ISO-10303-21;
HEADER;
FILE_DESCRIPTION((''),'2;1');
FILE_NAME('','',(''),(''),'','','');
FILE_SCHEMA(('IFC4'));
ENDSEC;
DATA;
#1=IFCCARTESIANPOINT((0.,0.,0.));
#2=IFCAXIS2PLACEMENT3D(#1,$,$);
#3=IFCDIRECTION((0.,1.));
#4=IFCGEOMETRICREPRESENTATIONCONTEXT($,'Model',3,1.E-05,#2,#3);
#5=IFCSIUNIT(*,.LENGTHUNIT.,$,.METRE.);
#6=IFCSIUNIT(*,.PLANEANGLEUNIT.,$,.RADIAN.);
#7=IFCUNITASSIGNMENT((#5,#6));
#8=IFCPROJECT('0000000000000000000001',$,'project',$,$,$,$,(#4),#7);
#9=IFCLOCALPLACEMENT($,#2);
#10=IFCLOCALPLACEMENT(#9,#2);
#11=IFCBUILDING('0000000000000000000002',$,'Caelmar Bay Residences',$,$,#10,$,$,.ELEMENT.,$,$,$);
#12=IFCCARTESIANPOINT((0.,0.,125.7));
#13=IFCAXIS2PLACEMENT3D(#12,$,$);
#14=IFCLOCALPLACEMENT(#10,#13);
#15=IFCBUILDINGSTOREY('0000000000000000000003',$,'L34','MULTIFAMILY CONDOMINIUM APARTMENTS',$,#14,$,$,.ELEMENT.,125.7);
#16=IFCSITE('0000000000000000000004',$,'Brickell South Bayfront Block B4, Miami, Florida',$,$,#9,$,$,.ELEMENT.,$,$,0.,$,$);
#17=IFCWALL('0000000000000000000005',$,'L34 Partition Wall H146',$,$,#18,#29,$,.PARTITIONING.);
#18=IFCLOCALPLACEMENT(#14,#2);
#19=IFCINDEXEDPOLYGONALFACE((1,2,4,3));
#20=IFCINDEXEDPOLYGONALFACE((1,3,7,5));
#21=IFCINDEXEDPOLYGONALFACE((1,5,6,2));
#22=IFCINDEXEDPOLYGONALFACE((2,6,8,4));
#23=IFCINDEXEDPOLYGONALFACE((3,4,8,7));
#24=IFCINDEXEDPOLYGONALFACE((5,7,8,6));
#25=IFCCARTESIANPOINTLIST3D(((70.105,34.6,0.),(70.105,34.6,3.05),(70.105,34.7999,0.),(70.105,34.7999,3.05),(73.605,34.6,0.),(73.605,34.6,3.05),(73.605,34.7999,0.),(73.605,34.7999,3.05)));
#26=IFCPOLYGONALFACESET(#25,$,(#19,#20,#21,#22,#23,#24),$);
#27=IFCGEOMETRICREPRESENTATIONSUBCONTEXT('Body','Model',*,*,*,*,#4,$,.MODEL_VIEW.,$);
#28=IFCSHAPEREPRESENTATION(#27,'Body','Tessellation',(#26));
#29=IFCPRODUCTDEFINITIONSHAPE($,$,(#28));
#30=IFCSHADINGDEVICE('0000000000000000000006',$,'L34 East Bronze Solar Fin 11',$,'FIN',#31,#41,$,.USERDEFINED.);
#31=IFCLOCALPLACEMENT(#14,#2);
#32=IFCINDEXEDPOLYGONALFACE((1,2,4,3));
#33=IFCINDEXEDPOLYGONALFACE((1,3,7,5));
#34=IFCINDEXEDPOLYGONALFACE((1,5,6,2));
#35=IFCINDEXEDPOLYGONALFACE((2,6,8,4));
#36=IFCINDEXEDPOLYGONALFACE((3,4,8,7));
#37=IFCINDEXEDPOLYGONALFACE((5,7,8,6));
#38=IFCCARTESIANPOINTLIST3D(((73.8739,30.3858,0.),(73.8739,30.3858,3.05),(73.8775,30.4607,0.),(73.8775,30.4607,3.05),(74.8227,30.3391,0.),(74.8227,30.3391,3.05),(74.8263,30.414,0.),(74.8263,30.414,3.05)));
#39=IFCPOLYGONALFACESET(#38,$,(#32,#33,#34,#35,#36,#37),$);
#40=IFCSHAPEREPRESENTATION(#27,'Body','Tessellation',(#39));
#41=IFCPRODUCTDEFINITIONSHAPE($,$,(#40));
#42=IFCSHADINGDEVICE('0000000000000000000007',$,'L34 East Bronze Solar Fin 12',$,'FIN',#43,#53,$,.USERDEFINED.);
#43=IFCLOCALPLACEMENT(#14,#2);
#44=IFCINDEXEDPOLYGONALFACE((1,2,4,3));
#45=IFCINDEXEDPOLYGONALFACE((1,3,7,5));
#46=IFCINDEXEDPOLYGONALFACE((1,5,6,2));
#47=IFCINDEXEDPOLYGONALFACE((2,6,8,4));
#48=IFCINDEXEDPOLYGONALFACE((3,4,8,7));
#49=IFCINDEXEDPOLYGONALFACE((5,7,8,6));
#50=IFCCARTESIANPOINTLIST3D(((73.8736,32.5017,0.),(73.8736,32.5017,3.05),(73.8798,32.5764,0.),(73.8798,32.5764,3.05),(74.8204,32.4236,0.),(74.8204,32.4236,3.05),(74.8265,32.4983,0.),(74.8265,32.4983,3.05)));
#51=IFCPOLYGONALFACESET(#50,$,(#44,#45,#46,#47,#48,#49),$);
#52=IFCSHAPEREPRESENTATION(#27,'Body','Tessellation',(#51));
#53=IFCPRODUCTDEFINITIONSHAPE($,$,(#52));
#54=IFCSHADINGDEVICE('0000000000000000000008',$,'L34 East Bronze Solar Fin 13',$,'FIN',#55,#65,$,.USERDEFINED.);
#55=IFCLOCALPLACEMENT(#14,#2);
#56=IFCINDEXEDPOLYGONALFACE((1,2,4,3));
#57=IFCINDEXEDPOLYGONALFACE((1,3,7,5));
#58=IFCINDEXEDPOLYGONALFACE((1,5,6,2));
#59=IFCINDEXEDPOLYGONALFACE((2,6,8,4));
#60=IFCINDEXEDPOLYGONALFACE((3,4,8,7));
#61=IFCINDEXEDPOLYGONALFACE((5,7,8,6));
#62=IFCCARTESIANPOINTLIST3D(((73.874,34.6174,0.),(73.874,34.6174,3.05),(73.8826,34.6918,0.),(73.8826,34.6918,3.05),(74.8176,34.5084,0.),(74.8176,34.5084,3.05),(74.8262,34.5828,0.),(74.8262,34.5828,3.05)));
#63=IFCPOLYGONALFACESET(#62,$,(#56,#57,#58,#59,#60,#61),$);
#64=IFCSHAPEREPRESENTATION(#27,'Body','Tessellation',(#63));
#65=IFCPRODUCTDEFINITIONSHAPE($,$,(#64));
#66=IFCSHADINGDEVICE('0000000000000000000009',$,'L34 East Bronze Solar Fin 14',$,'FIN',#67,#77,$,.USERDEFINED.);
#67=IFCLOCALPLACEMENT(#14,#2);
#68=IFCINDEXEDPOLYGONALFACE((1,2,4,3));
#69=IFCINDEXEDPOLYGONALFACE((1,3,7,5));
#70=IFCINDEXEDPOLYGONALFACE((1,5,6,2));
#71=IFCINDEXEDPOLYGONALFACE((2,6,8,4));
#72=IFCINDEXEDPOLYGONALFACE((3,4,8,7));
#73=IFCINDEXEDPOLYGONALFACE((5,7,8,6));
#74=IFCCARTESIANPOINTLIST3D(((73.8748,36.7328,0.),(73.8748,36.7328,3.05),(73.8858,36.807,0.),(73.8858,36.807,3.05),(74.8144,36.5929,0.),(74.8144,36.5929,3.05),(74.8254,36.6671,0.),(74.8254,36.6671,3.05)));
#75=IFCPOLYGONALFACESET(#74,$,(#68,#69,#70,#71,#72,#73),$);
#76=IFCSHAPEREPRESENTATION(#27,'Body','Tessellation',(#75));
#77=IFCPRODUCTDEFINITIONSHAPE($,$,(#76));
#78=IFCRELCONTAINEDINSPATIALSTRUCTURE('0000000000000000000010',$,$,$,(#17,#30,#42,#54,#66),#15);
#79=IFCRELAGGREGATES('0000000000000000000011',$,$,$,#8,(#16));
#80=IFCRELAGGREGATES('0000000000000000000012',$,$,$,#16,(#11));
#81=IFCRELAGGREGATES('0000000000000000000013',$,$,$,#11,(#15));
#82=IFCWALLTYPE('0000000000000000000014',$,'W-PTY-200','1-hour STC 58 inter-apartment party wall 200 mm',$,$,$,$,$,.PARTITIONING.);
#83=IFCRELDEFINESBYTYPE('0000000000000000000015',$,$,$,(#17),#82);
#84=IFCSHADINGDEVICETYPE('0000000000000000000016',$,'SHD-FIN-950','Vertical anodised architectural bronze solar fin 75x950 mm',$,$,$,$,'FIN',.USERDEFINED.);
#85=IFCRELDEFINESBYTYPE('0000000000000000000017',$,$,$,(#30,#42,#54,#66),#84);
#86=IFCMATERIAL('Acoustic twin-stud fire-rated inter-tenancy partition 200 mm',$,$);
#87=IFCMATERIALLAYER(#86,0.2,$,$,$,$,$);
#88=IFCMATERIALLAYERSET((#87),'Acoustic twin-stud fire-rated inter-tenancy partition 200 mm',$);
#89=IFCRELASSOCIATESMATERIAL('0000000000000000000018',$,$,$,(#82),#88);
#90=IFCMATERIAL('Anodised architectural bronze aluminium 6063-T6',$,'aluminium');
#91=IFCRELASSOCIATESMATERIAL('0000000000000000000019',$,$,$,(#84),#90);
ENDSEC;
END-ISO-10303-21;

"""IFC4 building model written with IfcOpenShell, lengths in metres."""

from ifc_helpers import new_model, si_unit, direction, frame, frame_2d, origin, origin_2d, place, context, subcontext, project, spatial, rectangle, extrude, material, layer, layer_set, material_profile, profile_set, type_object, element, save


model = new_model("IFC4")

# Units and contexts
model_context = context("Model", 3, precision=1e-05, world=origin(), true_north=direction((0.0, 1.0)))
body_context = subcontext(model_context, "Body", "Model", "MODEL_VIEW")
ifc_project = project(units=[si_unit("LENGTHUNIT", "METRE"), si_unit("PLANEANGLEUNIT", "RADIAN")], contexts=[model_context])

# Site, building, storey
site_placement = place(None, origin())
site = spatial("IfcSite", under=ifc_project, at=site_placement, Name="Brickell South Bayfront Block B4, Miami, Florida", CompositionType="ELEMENT", RefElevation=0.0)
building_placement = place(site_placement, origin())
building = spatial("IfcBuilding", under=site, at=building_placement, Name="Caelmar Bay Residences", CompositionType="ELEMENT")
storey_placement = place(building_placement, frame((0.0, 0.0, 125.7)))
storey = spatial("IfcBuildingStorey", under=building, at=storey_placement, Name="L34", Description="MULTIFAMILY CONDOMINIUM APARTMENTS", CompositionType="ELEMENT", Elevation=125.7)

# Wall
ifc_material_1 = material(Name="Acoustic twin-stud fire-rated inter-tenancy partition 200 mm")
ifc_layer_1 = layer(ifc_material_1, 0.2)
ifc_layer_set_1 = layer_set([ifc_layer_1], Name="Acoustic twin-stud fire-rated inter-tenancy partition 200 mm")
wall_type_1 = type_object("IfcWallType", Name="W-PTY-200", Description="1-hour STC 58 inter-apartment party wall 200 mm", PredefinedType="PARTITIONING", material=ifc_layer_set_1)
wall_1_placement = place(storey_placement, frame((70.105, 34.7, 0.0), z_axis=(0.0, 0.0, 1.0), x_axis=(1.0, 0.0, 0.0)))
element("IfcWall", 1, at=wall_1_placement, inside=storey, type_object=wall_type_1, Name="L34 Partition Wall H146", PredefinedType="PARTITIONING", context=body_context, shape_type="SweptSolid", body=[
    extrude(rectangle(XDim=3.5, YDim=0.2, at=frame_2d((1.75, 0.0))), origin(), (0.0, 0.0, 1.0), 3.05),
])

# Shading devices
ifc_material_2 = material(Name="Anodised architectural bronze aluminium 6063-T6", Category="aluminium")
ifc_material_profile_1 = material_profile(ifc_material_2, rectangle(XDim=0.075, YDim=0.95, at=origin_2d()), Name="BRONZE-FIN-75X950")
ifc_profile_set_1 = profile_set([ifc_material_profile_1], Name="Anodised architectural bronze aluminium 6063-T6")
shading_device_type = type_object("IfcShadingDeviceType", Name="SHD-FIN-950", Description="Vertical anodised architectural bronze solar fin 75x950 mm", ElementType="FIN", PredefinedType="USERDEFINED", material=ifc_profile_set_1)
for number, where, z_axis, x_axis, name in (
    (2, (74.3501, 30.3999, 0.0), (0.0, 0.0, 1.0), (0.049198, 0.998789, 0.0), "L34 East Bronze Solar Fin 11"),
    (3, (74.3501, 32.5, 0.0), (0.0, 0.0, 1.0), (0.082112, 0.996623, 0.0), "L34 East Bronze Solar Fin 12"),
    (4, (74.3501, 34.6001, 0.0), (0.0, 0.0, 1.0), (0.114764, 0.993393, 0.0), "L34 East Bronze Solar Fin 13"),
    (5, (74.3501, 36.7, 0.0), (0.0, 0.0, 1.0), (0.147292, 0.989093, 0.0), "L34 East Bronze Solar Fin 14"),
):
    element("IfcShadingDevice", number, at=place(storey_placement, frame(where, z_axis=z_axis, x_axis=x_axis)), inside=storey, type_object=shading_device_type, Name=name, ObjectType="FIN", PredefinedType="USERDEFINED", context=body_context, shape_type="SweptSolid", body=[
        extrude(rectangle(XDim=0.075, YDim=0.95, at=origin_2d()), origin(), (0.0, 0.0, 1.0), 3.05),
    ])

save(model, "model.ifc")
